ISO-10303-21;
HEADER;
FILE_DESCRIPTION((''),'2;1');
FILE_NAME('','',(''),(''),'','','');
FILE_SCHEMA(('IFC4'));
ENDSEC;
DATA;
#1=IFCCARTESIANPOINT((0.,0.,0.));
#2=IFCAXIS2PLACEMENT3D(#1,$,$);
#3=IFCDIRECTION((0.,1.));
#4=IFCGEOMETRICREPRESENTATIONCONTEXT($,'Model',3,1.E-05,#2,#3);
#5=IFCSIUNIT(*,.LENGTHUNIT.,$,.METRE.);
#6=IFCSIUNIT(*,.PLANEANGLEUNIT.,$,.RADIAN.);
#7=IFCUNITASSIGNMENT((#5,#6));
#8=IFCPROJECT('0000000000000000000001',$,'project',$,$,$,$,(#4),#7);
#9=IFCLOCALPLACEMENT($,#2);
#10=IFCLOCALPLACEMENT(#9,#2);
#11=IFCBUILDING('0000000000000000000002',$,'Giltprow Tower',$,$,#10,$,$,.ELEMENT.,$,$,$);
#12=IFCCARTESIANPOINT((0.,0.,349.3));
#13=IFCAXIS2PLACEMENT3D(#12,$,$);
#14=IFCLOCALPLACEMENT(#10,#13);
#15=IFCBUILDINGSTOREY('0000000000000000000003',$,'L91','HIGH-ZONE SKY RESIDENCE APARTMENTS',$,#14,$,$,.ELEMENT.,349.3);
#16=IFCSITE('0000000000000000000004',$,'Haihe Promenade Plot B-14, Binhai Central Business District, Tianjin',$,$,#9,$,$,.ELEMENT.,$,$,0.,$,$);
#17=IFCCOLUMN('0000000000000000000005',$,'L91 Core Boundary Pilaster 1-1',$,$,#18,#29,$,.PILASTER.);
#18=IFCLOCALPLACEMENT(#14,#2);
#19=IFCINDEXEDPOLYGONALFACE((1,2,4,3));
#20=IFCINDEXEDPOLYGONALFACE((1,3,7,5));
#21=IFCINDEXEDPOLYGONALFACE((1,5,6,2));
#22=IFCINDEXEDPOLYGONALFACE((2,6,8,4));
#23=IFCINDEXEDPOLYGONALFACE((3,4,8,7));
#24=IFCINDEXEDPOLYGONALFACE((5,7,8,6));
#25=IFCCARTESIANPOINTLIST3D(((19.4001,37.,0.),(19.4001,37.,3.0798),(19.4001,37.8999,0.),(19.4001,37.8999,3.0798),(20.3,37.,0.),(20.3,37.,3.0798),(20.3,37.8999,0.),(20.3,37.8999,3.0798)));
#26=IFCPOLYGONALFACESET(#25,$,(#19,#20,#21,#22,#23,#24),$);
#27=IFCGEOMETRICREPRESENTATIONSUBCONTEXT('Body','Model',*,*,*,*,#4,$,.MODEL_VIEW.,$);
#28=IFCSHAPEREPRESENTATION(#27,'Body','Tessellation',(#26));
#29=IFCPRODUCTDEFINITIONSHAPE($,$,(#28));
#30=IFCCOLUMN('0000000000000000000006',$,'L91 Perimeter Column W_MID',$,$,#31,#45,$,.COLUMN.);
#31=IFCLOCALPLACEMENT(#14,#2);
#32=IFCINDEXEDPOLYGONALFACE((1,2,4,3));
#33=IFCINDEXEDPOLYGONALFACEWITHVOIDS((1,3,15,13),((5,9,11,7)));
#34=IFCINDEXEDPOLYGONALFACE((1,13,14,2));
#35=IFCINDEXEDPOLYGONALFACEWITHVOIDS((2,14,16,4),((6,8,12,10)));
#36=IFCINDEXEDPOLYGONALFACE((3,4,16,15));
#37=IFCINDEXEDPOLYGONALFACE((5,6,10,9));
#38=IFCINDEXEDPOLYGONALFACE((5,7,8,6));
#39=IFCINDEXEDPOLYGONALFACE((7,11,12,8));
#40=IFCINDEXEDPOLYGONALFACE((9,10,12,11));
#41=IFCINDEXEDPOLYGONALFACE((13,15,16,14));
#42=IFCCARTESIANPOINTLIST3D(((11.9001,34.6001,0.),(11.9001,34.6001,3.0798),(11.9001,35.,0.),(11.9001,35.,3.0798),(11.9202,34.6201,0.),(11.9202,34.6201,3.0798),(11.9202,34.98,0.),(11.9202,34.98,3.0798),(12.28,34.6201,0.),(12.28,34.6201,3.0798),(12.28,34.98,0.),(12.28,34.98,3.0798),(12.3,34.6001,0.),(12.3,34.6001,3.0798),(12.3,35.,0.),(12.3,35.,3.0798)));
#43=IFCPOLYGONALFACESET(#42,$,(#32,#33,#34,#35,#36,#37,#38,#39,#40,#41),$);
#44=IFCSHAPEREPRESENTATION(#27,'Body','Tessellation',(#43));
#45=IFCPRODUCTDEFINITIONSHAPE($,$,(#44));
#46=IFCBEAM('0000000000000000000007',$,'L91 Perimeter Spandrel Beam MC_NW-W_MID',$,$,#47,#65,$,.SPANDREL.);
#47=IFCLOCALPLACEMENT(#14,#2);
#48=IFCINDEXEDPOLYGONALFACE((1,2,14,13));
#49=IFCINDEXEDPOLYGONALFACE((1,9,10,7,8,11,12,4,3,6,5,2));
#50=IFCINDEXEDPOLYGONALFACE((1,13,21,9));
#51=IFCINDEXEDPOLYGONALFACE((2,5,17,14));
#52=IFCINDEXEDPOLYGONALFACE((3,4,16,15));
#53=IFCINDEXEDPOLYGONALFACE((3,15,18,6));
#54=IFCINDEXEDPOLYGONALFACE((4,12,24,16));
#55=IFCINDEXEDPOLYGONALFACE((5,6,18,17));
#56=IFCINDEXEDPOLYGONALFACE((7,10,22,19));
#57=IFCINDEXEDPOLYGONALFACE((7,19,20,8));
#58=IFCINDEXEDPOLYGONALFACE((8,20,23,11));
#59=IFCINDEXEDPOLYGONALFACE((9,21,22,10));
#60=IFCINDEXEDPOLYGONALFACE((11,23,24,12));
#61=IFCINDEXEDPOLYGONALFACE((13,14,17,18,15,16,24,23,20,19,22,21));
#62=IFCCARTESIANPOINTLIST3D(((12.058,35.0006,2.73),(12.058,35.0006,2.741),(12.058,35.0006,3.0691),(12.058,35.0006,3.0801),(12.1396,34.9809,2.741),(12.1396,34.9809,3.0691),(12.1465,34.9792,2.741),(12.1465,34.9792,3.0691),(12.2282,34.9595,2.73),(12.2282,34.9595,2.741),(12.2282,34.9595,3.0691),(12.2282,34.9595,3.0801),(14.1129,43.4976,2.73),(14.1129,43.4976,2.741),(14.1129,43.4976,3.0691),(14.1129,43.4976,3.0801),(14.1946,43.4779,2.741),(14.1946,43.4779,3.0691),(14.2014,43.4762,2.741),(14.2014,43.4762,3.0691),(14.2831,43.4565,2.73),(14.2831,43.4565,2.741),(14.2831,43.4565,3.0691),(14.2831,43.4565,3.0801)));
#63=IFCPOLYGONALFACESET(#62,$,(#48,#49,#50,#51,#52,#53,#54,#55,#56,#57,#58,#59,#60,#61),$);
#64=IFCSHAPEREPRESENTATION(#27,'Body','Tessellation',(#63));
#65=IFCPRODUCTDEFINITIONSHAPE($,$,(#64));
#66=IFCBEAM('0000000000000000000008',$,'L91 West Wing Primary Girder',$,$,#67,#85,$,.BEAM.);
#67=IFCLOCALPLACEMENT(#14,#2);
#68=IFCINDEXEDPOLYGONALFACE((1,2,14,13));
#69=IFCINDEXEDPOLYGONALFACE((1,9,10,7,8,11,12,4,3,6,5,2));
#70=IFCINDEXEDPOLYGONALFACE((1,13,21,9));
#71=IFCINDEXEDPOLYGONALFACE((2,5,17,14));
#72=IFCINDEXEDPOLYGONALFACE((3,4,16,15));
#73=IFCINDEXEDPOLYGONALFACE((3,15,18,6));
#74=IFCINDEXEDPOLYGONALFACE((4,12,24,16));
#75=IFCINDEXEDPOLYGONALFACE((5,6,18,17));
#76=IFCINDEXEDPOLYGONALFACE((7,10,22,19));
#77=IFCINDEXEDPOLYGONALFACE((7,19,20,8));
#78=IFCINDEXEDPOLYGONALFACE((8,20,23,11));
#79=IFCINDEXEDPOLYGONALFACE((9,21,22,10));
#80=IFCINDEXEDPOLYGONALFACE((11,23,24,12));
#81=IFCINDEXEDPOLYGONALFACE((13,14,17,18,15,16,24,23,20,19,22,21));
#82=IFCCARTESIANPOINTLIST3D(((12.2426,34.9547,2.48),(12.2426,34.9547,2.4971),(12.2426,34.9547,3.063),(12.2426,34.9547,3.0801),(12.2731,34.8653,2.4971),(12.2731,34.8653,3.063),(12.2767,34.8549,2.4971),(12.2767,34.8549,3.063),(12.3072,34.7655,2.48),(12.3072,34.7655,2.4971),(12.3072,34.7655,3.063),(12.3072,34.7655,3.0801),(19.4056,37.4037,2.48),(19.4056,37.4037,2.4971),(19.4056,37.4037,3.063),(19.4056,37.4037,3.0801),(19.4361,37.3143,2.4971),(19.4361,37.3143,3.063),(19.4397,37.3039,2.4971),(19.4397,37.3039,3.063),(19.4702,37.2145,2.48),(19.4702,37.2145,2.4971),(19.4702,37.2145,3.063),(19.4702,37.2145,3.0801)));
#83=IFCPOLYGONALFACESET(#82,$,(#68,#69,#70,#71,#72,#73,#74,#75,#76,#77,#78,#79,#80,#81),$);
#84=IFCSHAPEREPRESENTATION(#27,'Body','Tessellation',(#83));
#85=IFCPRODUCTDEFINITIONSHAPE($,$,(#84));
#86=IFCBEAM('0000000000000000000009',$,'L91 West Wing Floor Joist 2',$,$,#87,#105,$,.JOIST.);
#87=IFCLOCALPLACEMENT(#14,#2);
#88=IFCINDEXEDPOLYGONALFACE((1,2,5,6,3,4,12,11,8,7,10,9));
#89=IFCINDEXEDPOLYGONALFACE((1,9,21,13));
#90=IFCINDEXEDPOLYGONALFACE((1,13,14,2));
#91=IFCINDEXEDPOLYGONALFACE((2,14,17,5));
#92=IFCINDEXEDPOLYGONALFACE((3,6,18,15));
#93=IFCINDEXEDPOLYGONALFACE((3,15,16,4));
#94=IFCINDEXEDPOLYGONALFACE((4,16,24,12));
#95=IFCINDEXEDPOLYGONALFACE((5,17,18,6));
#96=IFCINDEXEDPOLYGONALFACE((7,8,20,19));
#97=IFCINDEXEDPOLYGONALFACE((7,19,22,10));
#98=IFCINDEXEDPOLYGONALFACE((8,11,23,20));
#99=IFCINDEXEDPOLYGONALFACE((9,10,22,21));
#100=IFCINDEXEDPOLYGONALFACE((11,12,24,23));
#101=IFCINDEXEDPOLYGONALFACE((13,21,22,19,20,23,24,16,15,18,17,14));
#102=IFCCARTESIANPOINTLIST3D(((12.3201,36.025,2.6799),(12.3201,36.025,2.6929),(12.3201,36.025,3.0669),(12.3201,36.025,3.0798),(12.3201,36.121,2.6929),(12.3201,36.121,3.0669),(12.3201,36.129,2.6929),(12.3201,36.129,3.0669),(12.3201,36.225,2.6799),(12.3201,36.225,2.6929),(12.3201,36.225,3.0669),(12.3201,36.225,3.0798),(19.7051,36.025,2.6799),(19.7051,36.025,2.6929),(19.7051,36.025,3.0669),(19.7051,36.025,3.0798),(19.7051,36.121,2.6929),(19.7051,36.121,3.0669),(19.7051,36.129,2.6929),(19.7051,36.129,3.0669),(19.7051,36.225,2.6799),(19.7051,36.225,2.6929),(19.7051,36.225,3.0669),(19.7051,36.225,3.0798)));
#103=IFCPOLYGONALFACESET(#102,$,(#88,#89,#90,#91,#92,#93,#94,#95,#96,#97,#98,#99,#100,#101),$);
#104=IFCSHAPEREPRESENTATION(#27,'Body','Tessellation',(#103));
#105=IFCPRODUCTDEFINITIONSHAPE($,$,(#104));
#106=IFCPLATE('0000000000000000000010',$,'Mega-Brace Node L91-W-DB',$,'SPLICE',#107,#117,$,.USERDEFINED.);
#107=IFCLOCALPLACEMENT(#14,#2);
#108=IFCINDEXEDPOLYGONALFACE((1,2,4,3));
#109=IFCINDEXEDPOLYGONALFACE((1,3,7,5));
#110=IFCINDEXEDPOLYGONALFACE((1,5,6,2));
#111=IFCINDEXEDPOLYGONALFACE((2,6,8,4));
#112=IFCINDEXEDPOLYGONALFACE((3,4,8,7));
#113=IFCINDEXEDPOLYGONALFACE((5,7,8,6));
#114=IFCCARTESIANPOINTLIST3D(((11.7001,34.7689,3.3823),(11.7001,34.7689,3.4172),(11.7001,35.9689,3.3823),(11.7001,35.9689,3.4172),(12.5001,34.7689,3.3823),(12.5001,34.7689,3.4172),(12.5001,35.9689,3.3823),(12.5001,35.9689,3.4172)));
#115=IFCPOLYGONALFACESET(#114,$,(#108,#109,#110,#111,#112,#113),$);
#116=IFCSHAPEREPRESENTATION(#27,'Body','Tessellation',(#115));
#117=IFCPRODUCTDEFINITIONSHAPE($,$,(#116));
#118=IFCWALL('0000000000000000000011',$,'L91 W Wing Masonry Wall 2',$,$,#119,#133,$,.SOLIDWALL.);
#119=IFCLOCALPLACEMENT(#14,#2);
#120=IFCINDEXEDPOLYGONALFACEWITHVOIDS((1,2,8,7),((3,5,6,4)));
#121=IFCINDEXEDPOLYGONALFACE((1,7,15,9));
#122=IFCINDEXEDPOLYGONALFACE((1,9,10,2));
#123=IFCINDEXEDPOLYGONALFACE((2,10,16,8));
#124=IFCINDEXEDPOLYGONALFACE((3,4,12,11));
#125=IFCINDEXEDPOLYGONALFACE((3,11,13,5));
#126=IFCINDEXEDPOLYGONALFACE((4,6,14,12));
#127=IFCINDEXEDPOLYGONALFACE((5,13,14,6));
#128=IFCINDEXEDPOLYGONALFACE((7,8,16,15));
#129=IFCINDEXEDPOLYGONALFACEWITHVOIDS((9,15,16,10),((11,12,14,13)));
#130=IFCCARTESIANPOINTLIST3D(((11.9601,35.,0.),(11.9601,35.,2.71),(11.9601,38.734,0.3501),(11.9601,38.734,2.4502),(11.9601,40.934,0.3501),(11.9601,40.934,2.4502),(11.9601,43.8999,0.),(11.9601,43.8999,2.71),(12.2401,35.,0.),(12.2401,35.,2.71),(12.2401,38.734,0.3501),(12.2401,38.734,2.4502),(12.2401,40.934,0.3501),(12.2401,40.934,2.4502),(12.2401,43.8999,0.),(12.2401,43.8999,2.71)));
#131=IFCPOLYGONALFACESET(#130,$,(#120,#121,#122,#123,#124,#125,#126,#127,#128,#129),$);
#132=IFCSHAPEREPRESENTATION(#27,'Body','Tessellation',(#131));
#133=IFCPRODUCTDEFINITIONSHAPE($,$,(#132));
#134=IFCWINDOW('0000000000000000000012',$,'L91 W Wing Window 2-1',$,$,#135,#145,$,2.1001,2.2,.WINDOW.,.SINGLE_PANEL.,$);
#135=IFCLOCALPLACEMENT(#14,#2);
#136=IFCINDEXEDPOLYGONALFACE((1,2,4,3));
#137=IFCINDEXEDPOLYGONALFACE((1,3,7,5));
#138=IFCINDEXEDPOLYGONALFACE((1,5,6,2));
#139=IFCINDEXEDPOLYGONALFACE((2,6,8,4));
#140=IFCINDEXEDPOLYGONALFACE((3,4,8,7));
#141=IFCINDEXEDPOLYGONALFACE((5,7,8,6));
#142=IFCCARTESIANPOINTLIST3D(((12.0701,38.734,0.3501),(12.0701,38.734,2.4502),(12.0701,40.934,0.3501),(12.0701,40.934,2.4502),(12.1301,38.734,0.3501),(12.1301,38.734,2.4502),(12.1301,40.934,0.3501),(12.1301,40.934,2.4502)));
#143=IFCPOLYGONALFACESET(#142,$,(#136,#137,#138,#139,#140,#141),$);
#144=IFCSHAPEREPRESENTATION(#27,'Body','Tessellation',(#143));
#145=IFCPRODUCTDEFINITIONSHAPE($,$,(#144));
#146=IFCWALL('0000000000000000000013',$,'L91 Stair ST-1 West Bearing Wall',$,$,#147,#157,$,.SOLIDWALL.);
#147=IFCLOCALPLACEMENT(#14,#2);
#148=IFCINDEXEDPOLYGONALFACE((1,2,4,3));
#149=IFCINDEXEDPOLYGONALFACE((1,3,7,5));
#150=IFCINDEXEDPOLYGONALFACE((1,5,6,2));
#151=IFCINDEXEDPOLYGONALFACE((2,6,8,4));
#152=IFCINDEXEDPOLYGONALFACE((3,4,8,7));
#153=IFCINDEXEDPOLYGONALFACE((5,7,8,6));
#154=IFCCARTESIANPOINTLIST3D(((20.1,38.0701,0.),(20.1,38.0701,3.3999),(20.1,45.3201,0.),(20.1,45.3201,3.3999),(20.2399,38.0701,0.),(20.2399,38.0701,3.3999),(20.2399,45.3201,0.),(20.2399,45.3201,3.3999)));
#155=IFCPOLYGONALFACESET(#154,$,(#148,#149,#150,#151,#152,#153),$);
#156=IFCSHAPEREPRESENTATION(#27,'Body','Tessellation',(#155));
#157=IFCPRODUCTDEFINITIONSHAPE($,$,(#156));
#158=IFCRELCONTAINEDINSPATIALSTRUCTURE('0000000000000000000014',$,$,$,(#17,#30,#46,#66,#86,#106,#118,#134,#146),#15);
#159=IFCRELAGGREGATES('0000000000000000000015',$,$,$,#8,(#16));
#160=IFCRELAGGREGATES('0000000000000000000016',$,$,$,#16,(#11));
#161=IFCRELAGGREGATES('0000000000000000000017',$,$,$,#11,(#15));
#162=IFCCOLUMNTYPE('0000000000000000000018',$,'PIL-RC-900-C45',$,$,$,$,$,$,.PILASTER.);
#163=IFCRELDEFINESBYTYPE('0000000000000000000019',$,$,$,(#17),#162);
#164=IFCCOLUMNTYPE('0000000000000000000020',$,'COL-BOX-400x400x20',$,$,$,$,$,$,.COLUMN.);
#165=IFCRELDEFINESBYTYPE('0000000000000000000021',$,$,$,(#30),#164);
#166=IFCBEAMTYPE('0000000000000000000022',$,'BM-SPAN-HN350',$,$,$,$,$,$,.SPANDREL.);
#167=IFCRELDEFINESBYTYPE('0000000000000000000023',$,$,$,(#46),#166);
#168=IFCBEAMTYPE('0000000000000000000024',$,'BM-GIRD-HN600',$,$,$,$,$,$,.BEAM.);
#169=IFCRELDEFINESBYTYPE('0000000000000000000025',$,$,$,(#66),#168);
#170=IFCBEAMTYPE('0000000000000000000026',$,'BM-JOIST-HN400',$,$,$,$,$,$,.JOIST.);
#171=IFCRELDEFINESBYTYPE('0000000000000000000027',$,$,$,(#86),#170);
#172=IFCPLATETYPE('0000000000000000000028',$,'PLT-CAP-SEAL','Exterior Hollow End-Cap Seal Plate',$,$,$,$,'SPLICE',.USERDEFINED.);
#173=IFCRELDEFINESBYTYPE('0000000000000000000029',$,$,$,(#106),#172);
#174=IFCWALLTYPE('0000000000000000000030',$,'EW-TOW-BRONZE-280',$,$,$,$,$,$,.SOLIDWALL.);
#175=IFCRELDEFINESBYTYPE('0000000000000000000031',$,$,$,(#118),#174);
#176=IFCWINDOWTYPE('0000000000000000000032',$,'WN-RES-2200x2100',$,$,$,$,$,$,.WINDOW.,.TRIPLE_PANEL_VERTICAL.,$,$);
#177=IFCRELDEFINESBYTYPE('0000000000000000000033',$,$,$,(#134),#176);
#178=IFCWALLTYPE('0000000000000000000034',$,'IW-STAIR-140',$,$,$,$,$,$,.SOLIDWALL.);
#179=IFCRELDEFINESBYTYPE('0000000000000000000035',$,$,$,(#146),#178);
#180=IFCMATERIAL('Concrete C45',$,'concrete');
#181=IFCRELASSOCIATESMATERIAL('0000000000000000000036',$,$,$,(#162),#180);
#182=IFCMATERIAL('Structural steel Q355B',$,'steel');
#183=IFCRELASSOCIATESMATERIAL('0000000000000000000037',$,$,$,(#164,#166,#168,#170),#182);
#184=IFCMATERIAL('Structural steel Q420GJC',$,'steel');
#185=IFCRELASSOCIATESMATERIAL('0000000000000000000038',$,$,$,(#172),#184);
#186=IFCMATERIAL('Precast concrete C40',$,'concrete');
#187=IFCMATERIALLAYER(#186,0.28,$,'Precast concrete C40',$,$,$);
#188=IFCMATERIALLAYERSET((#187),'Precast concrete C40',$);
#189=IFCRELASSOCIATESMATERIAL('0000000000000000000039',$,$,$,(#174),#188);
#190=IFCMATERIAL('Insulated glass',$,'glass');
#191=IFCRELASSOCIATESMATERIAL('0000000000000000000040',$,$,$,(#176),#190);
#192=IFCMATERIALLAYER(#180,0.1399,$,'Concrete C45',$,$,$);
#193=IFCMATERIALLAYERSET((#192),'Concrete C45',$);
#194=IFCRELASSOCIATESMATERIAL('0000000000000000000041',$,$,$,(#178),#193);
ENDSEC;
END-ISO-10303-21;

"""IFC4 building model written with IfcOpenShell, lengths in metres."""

from ifc_helpers import new_model, si_unit, direction, frame, frame_2d, origin, origin_2d, place, context, subcontext, project, spatial, rectangle, hollow_rectangle, i_section, extrude, source, transform, mapped, material, layer, layer_set, material_profile, profile_set, type_object, element, fill, save


model = new_model("IFC4")

# Units and contexts
model_context = context("Model", 3, precision=1e-05, world=origin(), true_north=direction((0.0, 1.0)))
body_context = subcontext(model_context, "Body", "Model", "MODEL_VIEW")
ifc_project = project(units=[si_unit("LENGTHUNIT", "METRE"), si_unit("PLANEANGLEUNIT", "RADIAN")], contexts=[model_context])

# Site, building, storey
site_placement = place(None, origin())
site = spatial("IfcSite", under=ifc_project, at=site_placement, Name="Haihe Promenade Plot B-14, Binhai Central Business District, Tianjin", CompositionType="ELEMENT", RefElevation=0.0)
building_placement = place(site_placement, origin())
building = spatial("IfcBuilding", under=site, at=building_placement, Name="Giltprow Tower", CompositionType="ELEMENT")
storey_placement = place(building_placement, frame((0.0, 0.0, 349.3)))
storey = spatial("IfcBuildingStorey", under=building, at=storey_placement, Name="L91", Description="HIGH-ZONE SKY RESIDENCE APARTMENTS", CompositionType="ELEMENT", Elevation=349.3)

# Columns
ifc_material_1 = material(Name="Concrete C45", Category="concrete")
ifc_material_profile_1 = material_profile(ifc_material_1, rectangle(XDim=0.8999, YDim=0.8999, at=origin_2d()), Name="RC 900x900")
ifc_profile_set_1 = profile_set([ifc_material_profile_1], Name="Concrete C45")
column_type_1 = type_object("IfcColumnType", Name="PIL-RC-900-C45", PredefinedType="PILASTER", material=ifc_profile_set_1)
shared_shape_1 = source(origin(), body_context, "Body", "SweptSolid", [
    extrude(rectangle(XDim=0.8999, YDim=0.8999, at=origin_2d()), origin(), (0.0, 0.0, 1.0), 3.0798),
])
column_1_placement = place(storey_placement, frame((19.8501, 37.45, 0.0), z_axis=(0.0, 0.0, 1.0), x_axis=(1.0, 0.0, 0.0)))
element("IfcColumn", 1, at=column_1_placement, inside=storey, type_object=column_type_1, Name="L91 Core Boundary Pilaster 1-1", PredefinedType="PILASTER", context=body_context, shape_type="MappedRepresentation", body=[
    mapped(shared_shape_1, transform((0.0, 0.0, 0.0), x_axis=(1.0, 0.0, 0.0), y_axis=(0.0, 1.0, 0.0), z_axis=(0.0, 0.0, 1.0), scale=1.0)),
])
ifc_material_2 = material(Name="Structural steel Q355B", Category="steel")
ifc_material_profile_2 = material_profile(ifc_material_2, hollow_rectangle(XDim=0.3999, YDim=0.3999, WallThickness=0.02, at=origin_2d()), Name="BOX 400x400x20")
ifc_profile_set_2 = profile_set([ifc_material_profile_2], Name="Structural steel Q355B")
column_type_2 = type_object("IfcColumnType", Name="COL-BOX-400x400x20", PredefinedType="COLUMN", material=ifc_profile_set_2)
shared_shape_2 = source(origin(), body_context, "Body", "SweptSolid", [
    extrude(hollow_rectangle(XDim=0.3999, YDim=0.3999, WallThickness=0.02, at=origin_2d()), origin(), (0.0, 0.0, 1.0), 3.0798),
])
column_2_placement = place(storey_placement, frame((12.1001, 34.8, 0.0), z_axis=(0.0, 0.0, 1.0), x_axis=(1.0, 0.0, 0.0)))
element("IfcColumn", 2, at=column_2_placement, inside=storey, type_object=column_type_2, Name="L91 Perimeter Column W_MID", PredefinedType="COLUMN", context=body_context, shape_type="MappedRepresentation", body=[
    mapped(shared_shape_2, transform((0.0, 0.0, 0.0), x_axis=(1.0, 0.0, 0.0), y_axis=(0.0, 1.0, 0.0), z_axis=(0.0, 0.0, 1.0), scale=1.0)),
])

# Beams
ifc_material_profile_3 = material_profile(ifc_material_2, i_section(OverallWidth=0.175, OverallDepth=0.3501, WebThickness=0.0071, FlangeThickness=0.011, at=origin_2d()), Name="HN 350x175x7x11")
ifc_profile_set_3 = profile_set([ifc_material_profile_3], Name="Structural steel Q355B")
beam_type_1 = type_object("IfcBeamType", Name="BM-SPAN-HN350", PredefinedType="SPANDREL", material=ifc_profile_set_3)
shared_shape_3 = source(origin(), body_context, "Body", "SweptSolid", [
    extrude(i_section(OverallWidth=0.175, OverallDepth=0.3501, WebThickness=0.0071, FlangeThickness=0.011, at=origin_2d()), origin(), (0.0, 0.0, 1.0), 8.7419),
])
beam_1_placement = place(storey_placement, frame((14.198, 43.4771, 2.905), z_axis=(-0.235064, -0.97198, 0.0), x_axis=(0.97198, -0.235064, 0.0)))
element("IfcBeam", 3, at=beam_1_placement, inside=storey, type_object=beam_type_1, Name="L91 Perimeter Spandrel Beam MC_NW-W_MID", PredefinedType="SPANDREL", context=body_context, shape_type="MappedRepresentation", body=[
    mapped(shared_shape_3, transform((0.0, 0.0, 0.0), x_axis=(1.0, 0.0, 0.0), y_axis=(0.0, 1.0, 0.0), z_axis=(0.0, 0.0, 1.0), scale=1.0)),
])
ifc_material_profile_4 = material_profile(ifc_material_2, i_section(OverallWidth=0.2, OverallDepth=0.6001, WebThickness=0.011, FlangeThickness=0.0171, at=origin_2d()), Name="HN 600x200x11x17")
ifc_profile_set_4 = profile_set([ifc_material_profile_4], Name="Structural steel Q355B")
beam_type_2 = type_object("IfcBeamType", Name="BM-GIRD-HN600", PredefinedType="BEAM", material=ifc_profile_set_4)
shared_shape_4 = source(origin(), body_context, "Body", "SweptSolid", [
    extrude(i_section(OverallWidth=0.2, OverallDepth=0.6001, WebThickness=0.011, FlangeThickness=0.0171, at=origin_2d()), origin(), (0.0, 0.0, 1.0), 7.5701),
])
beam_2_placement = place(storey_placement, frame((12.2749, 34.8601, 2.78), z_axis=(0.946227, 0.323504, 0.0), x_axis=(-0.323504, 0.946227, 0.0)))
element("IfcBeam", 4, at=beam_2_placement, inside=storey, type_object=beam_type_2, Name="L91 West Wing Primary Girder", PredefinedType="BEAM", context=body_context, shape_type="MappedRepresentation", body=[
    mapped(shared_shape_4, transform((0.0, 0.0, 0.0), x_axis=(1.0, 0.0, 0.0), y_axis=(0.0, 1.0, 0.0), z_axis=(0.0, 0.0, 1.0), scale=1.0)),
])
ifc_material_profile_5 = material_profile(ifc_material_2, i_section(OverallWidth=0.2, OverallDepth=0.3999, WebThickness=0.0081, FlangeThickness=0.0129, at=origin_2d()), Name="HN 400x200x8x13")
ifc_profile_set_5 = profile_set([ifc_material_profile_5], Name="Structural steel Q355B")
beam_type_3 = type_object("IfcBeamType", Name="BM-JOIST-HN400", PredefinedType="JOIST", material=ifc_profile_set_5)
shared_shape_5 = source(origin(), body_context, "Body", "SweptSolid", [
    extrude(i_section(OverallWidth=0.2, OverallDepth=0.3999, WebThickness=0.0081, FlangeThickness=0.0129, at=origin_2d()), origin(), (0.0, 0.0, 1.0), 7.385),
])
beam_3_placement = place(storey_placement, frame((12.3201, 36.125, 2.8799), z_axis=(1.0, 0.0, 0.0), x_axis=(0.0, 1.0, 0.0)))
element("IfcBeam", 5, at=beam_3_placement, inside=storey, type_object=beam_type_3, Name="L91 West Wing Floor Joist 2", PredefinedType="JOIST", context=body_context, shape_type="MappedRepresentation", body=[
    mapped(shared_shape_5, transform((0.0, 0.0, 0.0), x_axis=(1.0, 0.0, 0.0), y_axis=(0.0, 1.0, 0.0), z_axis=(0.0, 0.0, 1.0), scale=1.0)),
])

# Plate
ifc_material_3 = material(Name="Structural steel Q420GJC", Category="steel")
plate_type = type_object("IfcPlateType", Name="PLT-CAP-SEAL", Description="Exterior Hollow End-Cap Seal Plate", ElementType="SPLICE", PredefinedType="USERDEFINED", material=ifc_material_3)
shared_shape_6 = source(origin(), body_context, "Body", "SweptSolid", [
    extrude(rectangle(XDim=1.2, YDim=0.8, at=origin_2d()), origin(), (0.0, 0.0, 1.0), 0.0349),
])
plate_placement = place(storey_placement, frame((12.1001, 35.3689, 3.3823), z_axis=(0.0, 0.0, 1.0), x_axis=(0.0, 1.0, 0.0)))
element("IfcPlate", 6, at=plate_placement, inside=storey, type_object=plate_type, Name="Mega-Brace Node L91-W-DB", ObjectType="SPLICE", PredefinedType="USERDEFINED", context=body_context, shape_type="MappedRepresentation", body=[
    mapped(shared_shape_6, transform((0.0, 0.0, 0.0), x_axis=(1.0, 0.0, 0.0), y_axis=(0.0, 1.0, 0.0), z_axis=(0.0, 0.0, 1.0), scale=1.0)),
])

# Wall, opening, window
ifc_material_4 = material(Name="Precast concrete C40", Category="concrete")
ifc_layer_1 = layer(ifc_material_4, 0.28, Name="Precast concrete C40")
ifc_layer_set_1 = layer_set([ifc_layer_1], Name="Precast concrete C40")
wall_type_1 = type_object("IfcWallType", Name="EW-TOW-BRONZE-280", PredefinedType="SOLIDWALL", material=ifc_layer_set_1)
wall_1_placement = place(storey_placement, frame((12.1001, 35.0, 0.0), z_axis=(0.0, 0.0, 1.0), x_axis=(0.0, 1.0, 0.0)))
wall_1 = element("IfcWall", 7, at=wall_1_placement, inside=storey, type_object=wall_type_1, Name="L91 W Wing Masonry Wall 2", PredefinedType="SOLIDWALL", context=body_context, shape_type="SweptSolid", body=[
    extrude(rectangle(XDim=8.8999, YDim=0.28, at=frame_2d((4.45, 0.0))), origin(), (0.0, 0.0, 1.0), 2.71),
])
opening_1_placement = place(wall_1_placement, frame((3.7339, 0.0, 0.3501)))
opening_1 = element("IfcOpeningElement", 8, at=opening_1_placement, cuts=wall_1, PredefinedType="OPENING", context=body_context, shape_type="SweptSolid", body=[
    extrude(rectangle(XDim=2.2, YDim=2.1001, at=frame_2d((1.1001, 1.05))), frame((0.0, 0.1499, 0.0), z_axis=(0.0, -1.0, 0.0), x_axis=(1.0, 0.0, 0.0)), (0.0, 0.0, 1.0), 0.3),
])
ifc_material_5 = material(Name="Insulated glass", Category="glass")
window_type = type_object("IfcWindowType", Name="WN-RES-2200x2100", PartitioningType="TRIPLE_PANEL_VERTICAL", PredefinedType="WINDOW", material=ifc_material_5)
shared_shape_7 = source(origin(), body_context, "Body", "SweptSolid", [
    extrude(rectangle(XDim=2.2, YDim=2.1001, at=frame_2d((1.1001, 1.05))), frame((0.0, 0.03, 0.0), z_axis=(0.0, -1.0, 0.0), x_axis=(1.0, 0.0, 0.0)), (0.0, 0.0, 1.0), 0.0601),
])
window_placement = place(opening_1_placement, origin())
window = element("IfcWindow", 9, at=window_placement, inside=storey, type_object=window_type, Name="L91 W Wing Window 2-1", OverallHeight=2.1001, OverallWidth=2.2, PartitioningType="SINGLE_PANEL", PredefinedType="WINDOW", context=body_context, shape_type="MappedRepresentation", body=[
    mapped(shared_shape_7, transform((0.0, 0.0, 0.0), x_axis=(1.0, 0.0, 0.0), y_axis=(0.0, 1.0, 0.0), z_axis=(0.0, 0.0, 1.0), scale=1.0)),
])
fill(opening_1, window)

# Wall
ifc_layer_2 = layer(ifc_material_1, 0.1399, Name="Concrete C45")
ifc_layer_set_2 = layer_set([ifc_layer_2], Name="Concrete C45")
wall_type_2 = type_object("IfcWallType", Name="IW-STAIR-140", PredefinedType="SOLIDWALL", material=ifc_layer_set_2)
wall_2_placement = place(storey_placement, frame((20.1699, 38.0701, 0.0), z_axis=(0.0, 0.0, 1.0), x_axis=(0.0, 1.0, 0.0)))
element("IfcWall", 10, at=wall_2_placement, inside=storey, type_object=wall_type_2, Name="L91 Stair ST-1 West Bearing Wall", PredefinedType="SOLIDWALL", context=body_context, shape_type="SweptSolid", body=[
    extrude(rectangle(XDim=7.25, YDim=0.1399, at=frame_2d((3.625, 0.0))), origin(), (0.0, 0.0, 1.0), 3.3999),
])

save(model, "model.ifc")
